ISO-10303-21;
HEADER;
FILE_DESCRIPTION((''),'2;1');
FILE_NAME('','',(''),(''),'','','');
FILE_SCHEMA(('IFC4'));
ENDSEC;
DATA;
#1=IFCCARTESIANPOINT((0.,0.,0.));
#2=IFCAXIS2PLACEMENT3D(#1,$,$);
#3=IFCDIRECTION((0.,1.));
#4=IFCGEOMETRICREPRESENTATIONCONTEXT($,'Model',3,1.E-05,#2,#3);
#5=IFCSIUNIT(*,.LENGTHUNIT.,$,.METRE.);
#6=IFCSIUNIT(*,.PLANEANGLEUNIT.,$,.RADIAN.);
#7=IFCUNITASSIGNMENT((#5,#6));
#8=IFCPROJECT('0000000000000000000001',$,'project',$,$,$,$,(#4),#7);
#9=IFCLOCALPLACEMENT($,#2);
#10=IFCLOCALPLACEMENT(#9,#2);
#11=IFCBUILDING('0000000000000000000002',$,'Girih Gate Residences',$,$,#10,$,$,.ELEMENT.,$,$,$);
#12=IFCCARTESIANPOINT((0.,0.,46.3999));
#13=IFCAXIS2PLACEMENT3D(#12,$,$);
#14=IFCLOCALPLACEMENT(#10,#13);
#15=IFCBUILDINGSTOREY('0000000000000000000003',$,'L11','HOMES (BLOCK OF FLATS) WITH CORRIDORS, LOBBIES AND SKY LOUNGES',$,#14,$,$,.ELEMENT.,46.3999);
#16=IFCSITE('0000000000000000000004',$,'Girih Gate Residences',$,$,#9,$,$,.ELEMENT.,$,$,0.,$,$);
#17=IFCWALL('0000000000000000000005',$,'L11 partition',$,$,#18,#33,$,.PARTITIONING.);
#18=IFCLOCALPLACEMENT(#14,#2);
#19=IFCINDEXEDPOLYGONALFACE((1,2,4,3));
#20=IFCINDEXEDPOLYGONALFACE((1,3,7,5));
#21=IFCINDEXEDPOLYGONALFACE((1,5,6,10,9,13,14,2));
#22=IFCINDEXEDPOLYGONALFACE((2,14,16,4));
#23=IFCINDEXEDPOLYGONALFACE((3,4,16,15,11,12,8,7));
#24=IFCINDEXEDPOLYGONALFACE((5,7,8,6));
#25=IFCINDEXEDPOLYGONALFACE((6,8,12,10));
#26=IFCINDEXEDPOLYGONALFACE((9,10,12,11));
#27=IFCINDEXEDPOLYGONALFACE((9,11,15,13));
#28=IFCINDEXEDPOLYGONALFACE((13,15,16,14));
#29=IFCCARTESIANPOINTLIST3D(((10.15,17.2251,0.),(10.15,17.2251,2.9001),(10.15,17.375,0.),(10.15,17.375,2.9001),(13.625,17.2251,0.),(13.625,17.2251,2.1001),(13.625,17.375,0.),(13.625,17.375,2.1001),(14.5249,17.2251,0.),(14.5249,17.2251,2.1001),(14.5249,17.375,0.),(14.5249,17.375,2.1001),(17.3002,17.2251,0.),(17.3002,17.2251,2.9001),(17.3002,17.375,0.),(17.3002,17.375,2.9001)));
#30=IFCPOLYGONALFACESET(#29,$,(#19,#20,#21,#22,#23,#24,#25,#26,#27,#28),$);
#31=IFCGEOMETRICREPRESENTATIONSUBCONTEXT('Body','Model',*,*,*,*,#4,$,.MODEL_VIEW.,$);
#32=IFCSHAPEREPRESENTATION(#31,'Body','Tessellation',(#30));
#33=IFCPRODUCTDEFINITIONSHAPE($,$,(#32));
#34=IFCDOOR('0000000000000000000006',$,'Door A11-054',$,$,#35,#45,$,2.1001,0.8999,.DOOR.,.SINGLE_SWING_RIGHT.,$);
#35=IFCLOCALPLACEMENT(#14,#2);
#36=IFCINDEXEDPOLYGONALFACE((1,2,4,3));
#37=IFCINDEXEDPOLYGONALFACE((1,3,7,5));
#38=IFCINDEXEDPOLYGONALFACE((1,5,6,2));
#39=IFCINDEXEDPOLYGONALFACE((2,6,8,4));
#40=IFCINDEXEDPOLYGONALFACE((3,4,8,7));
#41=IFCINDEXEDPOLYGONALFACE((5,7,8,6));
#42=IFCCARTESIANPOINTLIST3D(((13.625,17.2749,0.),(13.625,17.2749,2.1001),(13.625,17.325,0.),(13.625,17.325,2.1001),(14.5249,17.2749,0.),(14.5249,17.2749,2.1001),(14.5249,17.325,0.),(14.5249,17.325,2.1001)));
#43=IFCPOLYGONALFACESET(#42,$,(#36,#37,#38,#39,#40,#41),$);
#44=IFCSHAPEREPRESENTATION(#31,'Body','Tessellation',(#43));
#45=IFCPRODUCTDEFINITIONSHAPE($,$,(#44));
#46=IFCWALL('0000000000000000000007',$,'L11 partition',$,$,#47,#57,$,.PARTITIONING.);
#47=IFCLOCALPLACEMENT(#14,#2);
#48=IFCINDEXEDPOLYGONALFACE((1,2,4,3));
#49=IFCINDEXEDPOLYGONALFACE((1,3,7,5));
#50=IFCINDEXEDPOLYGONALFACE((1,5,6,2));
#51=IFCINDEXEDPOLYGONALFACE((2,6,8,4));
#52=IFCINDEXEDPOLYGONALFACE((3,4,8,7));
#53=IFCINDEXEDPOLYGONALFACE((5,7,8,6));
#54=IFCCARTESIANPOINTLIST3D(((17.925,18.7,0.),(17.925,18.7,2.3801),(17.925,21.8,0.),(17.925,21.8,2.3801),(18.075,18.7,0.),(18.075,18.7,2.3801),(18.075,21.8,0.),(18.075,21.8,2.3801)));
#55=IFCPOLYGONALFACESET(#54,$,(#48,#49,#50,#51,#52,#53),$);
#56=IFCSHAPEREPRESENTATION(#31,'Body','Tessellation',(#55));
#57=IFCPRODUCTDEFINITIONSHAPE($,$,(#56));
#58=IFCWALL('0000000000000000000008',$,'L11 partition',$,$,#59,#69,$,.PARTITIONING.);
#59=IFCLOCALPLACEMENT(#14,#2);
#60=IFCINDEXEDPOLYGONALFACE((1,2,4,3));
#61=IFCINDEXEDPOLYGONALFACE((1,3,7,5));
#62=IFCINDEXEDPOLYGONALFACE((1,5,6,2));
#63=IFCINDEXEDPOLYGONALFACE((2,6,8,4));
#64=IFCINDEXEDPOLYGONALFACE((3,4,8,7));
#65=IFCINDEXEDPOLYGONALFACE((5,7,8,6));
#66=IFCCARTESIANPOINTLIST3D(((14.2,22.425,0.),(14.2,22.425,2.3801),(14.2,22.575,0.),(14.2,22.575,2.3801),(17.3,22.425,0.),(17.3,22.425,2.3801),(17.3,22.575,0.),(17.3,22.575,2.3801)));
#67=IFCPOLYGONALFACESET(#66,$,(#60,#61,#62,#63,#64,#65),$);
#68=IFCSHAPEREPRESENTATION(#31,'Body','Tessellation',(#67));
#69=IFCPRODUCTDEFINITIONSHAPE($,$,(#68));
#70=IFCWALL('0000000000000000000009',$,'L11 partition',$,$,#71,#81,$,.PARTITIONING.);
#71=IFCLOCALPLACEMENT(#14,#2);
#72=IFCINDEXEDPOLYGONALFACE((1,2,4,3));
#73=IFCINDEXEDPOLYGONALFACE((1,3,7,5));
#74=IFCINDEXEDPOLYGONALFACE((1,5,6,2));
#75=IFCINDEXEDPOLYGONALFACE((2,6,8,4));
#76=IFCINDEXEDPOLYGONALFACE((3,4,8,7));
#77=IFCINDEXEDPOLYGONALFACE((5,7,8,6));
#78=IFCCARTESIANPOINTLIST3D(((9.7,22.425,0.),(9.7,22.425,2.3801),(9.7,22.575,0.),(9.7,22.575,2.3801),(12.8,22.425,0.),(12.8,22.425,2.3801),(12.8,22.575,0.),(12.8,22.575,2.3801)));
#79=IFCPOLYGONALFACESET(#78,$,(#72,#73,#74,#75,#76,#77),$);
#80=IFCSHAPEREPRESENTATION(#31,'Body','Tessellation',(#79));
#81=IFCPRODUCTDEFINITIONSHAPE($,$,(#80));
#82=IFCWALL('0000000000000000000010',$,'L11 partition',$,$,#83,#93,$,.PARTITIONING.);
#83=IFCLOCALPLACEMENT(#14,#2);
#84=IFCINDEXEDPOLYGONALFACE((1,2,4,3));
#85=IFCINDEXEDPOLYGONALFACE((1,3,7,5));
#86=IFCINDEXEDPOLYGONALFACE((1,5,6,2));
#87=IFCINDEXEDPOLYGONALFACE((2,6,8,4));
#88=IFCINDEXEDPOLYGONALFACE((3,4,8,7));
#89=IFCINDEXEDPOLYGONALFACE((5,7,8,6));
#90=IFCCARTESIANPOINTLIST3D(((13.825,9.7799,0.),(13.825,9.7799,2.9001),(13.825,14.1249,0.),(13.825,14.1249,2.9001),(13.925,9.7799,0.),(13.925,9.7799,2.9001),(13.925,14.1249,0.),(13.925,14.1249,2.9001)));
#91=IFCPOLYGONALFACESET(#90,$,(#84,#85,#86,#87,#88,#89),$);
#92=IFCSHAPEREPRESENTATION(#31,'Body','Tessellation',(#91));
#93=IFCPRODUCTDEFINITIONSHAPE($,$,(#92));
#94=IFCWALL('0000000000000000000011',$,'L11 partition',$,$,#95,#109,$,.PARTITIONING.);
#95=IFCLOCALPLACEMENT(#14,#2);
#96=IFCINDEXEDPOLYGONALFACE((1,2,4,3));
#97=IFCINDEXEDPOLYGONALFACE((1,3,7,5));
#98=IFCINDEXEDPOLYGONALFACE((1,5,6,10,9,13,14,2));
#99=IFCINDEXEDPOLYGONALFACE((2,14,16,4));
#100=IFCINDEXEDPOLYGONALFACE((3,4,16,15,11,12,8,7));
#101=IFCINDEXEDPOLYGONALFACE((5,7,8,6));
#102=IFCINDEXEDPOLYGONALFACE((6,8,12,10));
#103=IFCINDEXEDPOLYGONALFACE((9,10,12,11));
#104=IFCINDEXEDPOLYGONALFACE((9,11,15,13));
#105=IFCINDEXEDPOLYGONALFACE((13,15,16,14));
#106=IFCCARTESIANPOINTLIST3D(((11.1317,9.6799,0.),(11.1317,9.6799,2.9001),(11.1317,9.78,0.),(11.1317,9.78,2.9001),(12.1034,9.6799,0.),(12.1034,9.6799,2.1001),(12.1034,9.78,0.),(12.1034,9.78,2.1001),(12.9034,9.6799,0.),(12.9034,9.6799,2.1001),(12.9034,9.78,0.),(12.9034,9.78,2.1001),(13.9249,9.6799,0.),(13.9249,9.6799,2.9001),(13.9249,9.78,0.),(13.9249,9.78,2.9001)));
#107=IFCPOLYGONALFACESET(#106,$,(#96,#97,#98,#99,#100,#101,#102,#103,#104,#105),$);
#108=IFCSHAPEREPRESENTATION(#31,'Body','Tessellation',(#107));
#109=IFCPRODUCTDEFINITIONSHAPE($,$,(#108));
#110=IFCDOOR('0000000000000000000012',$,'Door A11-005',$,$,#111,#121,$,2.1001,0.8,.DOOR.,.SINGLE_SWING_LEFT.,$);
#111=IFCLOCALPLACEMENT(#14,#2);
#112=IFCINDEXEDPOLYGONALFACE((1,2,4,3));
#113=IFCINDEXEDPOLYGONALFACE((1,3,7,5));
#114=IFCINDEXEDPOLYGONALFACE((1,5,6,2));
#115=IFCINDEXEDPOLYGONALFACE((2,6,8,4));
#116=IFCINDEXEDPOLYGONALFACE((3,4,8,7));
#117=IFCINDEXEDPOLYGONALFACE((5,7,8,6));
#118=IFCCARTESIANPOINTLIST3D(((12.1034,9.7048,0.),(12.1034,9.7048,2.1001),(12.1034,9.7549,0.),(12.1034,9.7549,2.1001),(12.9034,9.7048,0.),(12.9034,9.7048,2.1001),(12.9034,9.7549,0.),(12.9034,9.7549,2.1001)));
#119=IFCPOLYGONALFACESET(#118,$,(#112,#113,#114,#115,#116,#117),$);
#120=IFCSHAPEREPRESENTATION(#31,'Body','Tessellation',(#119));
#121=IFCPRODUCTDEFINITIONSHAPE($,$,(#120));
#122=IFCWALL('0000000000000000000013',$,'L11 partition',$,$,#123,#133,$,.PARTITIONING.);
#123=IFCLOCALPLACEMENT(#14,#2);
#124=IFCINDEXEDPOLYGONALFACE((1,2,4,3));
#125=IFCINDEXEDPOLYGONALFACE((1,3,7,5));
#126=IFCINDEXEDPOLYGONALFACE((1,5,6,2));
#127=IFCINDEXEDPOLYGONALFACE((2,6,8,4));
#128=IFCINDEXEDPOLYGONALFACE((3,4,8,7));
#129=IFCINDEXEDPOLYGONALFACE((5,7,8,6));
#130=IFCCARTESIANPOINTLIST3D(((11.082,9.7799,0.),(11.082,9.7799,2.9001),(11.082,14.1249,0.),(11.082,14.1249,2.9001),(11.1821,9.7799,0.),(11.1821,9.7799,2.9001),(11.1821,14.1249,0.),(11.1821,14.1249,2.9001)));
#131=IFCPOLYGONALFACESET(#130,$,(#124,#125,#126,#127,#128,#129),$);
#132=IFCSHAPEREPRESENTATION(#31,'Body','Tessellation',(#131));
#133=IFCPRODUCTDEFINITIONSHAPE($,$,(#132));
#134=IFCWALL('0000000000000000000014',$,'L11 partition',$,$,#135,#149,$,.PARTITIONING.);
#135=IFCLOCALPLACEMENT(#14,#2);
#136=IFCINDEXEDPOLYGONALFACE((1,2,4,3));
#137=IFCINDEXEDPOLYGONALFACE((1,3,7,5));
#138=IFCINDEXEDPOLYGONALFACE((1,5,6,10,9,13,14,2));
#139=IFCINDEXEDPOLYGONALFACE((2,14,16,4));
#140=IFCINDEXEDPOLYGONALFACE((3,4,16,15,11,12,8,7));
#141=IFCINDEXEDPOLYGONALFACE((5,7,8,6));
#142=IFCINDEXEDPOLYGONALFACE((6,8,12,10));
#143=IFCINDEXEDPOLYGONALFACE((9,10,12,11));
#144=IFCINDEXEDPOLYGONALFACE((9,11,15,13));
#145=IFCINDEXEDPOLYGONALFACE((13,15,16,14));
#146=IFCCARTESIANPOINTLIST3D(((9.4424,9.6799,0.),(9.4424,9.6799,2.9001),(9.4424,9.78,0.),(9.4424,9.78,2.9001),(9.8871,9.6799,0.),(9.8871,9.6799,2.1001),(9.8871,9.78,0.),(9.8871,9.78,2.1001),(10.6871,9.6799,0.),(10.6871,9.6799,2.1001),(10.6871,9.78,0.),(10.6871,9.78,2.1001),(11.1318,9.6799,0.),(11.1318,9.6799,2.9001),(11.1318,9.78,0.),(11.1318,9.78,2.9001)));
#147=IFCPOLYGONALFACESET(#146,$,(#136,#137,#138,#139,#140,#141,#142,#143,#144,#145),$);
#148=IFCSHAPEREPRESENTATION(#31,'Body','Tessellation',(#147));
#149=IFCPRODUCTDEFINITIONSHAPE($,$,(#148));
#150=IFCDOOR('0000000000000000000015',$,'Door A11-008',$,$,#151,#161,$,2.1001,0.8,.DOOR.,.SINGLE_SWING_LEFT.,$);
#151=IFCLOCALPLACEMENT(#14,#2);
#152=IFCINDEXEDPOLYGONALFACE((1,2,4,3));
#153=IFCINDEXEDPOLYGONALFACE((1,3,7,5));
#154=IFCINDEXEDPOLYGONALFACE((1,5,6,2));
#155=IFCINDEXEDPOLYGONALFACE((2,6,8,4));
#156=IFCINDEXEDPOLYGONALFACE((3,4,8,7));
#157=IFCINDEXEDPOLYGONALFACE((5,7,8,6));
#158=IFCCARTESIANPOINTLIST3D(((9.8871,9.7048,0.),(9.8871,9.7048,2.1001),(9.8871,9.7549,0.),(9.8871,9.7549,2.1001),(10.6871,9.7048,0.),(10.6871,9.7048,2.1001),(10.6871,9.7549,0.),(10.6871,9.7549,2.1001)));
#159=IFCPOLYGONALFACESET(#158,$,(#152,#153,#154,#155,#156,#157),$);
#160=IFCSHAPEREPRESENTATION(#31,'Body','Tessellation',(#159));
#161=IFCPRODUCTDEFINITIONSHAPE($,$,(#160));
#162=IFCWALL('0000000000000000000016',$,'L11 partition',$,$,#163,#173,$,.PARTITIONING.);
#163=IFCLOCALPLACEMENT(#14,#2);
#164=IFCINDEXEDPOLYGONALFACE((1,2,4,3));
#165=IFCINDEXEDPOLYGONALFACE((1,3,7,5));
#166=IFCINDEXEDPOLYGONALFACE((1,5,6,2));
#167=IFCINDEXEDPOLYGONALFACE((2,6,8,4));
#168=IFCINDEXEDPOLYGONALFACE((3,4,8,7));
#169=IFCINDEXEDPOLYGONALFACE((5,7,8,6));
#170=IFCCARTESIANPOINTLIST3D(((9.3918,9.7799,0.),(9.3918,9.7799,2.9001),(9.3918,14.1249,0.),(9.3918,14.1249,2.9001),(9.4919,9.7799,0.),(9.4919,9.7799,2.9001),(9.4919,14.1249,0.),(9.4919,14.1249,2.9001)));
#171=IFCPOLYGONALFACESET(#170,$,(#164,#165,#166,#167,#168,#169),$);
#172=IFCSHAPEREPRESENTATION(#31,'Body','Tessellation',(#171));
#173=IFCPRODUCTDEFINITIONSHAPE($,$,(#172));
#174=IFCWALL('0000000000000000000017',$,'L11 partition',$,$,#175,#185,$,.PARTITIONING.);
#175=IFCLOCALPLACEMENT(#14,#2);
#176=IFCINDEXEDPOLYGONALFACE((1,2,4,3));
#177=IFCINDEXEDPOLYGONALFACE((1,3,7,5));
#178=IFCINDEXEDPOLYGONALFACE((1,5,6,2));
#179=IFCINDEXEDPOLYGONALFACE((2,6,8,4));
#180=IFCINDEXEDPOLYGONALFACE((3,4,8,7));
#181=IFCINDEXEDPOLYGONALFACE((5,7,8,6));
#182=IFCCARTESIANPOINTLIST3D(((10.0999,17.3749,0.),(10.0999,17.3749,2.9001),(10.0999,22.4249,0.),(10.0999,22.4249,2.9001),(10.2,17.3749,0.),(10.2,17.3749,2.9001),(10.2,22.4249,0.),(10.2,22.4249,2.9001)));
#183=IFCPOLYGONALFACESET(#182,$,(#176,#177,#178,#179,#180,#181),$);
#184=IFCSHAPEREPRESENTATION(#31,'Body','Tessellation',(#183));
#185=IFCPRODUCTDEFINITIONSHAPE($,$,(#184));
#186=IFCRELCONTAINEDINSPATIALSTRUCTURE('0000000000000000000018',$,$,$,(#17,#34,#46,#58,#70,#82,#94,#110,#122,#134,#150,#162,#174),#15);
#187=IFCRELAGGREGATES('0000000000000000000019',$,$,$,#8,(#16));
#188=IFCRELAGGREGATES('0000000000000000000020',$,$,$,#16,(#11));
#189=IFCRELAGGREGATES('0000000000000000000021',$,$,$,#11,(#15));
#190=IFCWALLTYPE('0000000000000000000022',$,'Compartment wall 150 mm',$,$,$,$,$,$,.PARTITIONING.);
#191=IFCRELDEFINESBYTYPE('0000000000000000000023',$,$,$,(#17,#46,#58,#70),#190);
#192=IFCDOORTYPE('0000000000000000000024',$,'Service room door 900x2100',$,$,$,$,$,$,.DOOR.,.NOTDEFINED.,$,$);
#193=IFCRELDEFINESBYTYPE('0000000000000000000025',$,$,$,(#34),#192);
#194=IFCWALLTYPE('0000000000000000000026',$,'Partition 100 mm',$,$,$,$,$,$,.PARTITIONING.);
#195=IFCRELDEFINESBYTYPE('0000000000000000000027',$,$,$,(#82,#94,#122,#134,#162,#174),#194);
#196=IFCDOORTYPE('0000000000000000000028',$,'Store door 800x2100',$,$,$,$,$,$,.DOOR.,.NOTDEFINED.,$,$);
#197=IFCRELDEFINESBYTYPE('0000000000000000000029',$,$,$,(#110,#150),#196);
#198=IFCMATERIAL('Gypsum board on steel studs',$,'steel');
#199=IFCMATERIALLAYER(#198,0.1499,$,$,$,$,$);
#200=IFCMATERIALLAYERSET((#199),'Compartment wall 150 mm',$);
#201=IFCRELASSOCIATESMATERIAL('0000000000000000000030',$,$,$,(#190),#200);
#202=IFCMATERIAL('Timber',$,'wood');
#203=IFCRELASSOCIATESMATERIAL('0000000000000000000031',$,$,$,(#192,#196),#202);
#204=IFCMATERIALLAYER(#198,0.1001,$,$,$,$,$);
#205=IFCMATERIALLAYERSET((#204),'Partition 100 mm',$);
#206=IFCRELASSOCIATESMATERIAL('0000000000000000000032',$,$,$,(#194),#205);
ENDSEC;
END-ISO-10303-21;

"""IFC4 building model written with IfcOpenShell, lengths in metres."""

from ifc_helpers import new_model, si_unit, direction, frame, frame_2d, origin, place, context, subcontext, project, spatial, rectangle, extrude, material, layer, layer_set, type_object, element, fill, save


model = new_model("IFC4")

# Units and contexts
model_context = context("Model", 3, precision=1e-05, world=origin(), true_north=direction((0.0, 1.0)))
body_context = subcontext(model_context, "Body", "Model", "MODEL_VIEW")
ifc_project = project(units=[si_unit("LENGTHUNIT", "METRE"), si_unit("PLANEANGLEUNIT", "RADIAN")], contexts=[model_context])

# Site, building, storey
site_placement = place(None, origin())
site = spatial("IfcSite", under=ifc_project, at=site_placement, Name="Girih Gate Residences", CompositionType="ELEMENT", RefElevation=0.0)
building_placement = place(site_placement, origin())
building = spatial("IfcBuilding", under=site, at=building_placement, Name="Girih Gate Residences", CompositionType="ELEMENT")
storey_placement = place(building_placement, frame((0.0, 0.0, 46.3999)))
storey = spatial("IfcBuildingStorey", under=building, at=storey_placement, Name="L11", Description="HOMES (BLOCK OF FLATS) WITH CORRIDORS, LOBBIES AND SKY LOUNGES", CompositionType="ELEMENT", Elevation=46.3999)

# Shared definitions
ifc_material_1 = material(Name="Gypsum board on steel studs", Category="steel")
ifc_layer_1 = layer(ifc_material_1, 0.1499)
ifc_layer_set_1 = layer_set([ifc_layer_1], Name="Compartment wall 150 mm")
wall_type_1 = type_object("IfcWallType", Name="Compartment wall 150 mm", PredefinedType="PARTITIONING", material=ifc_layer_set_1)

# Wall, opening, door
wall_1_placement = place(storey_placement, frame((10.1499, 17.3, 0.0), z_axis=(0.0, 0.0, 1.0), x_axis=(1.0, 0.0, 0.0)))
wall_1 = element("IfcWall", 1, at=wall_1_placement, inside=storey, type_object=wall_type_1, Name="L11 partition", PredefinedType="PARTITIONING", context=body_context, shape_type="SweptSolid", body=[
    extrude(rectangle(XDim=7.1501, YDim=0.1499, at=frame_2d((3.5752, 0.0))), origin(), (0.0, 0.0, 1.0), 2.9001),
])
opening_1_placement = place(wall_1_placement, frame((3.4751, 0.0, 0.0)))
opening_1 = element("IfcOpeningElement", 2, at=opening_1_placement, cuts=wall_1, PredefinedType="OPENING", context=body_context, shape_type="SweptSolid", body=[
    extrude(rectangle(XDim=0.8999, YDim=2.1001, at=frame_2d((0.45, 1.05))), frame((0.0, 0.085, 0.0), z_axis=(0.0, -1.0, 0.0), x_axis=(1.0, 0.0, 0.0)), (0.0, 0.0, 1.0), 0.1699),
])
ifc_material_2 = material(Name="Timber", Category="wood")
door_type_1 = type_object("IfcDoorType", Name="Service room door 900x2100", OperationType="NOTDEFINED", PredefinedType="DOOR", material=ifc_material_2)
door_1_placement = place(opening_1_placement, origin())
door_1 = element("IfcDoor", 3, at=door_1_placement, inside=storey, type_object=door_type_1, Name="Door A11-054", OperationType="SINGLE_SWING_RIGHT", OverallHeight=2.1001, OverallWidth=0.8999, PredefinedType="DOOR", context=body_context, shape_type="SweptSolid", body=[
    extrude(rectangle(XDim=0.8999, YDim=2.1001, at=frame_2d((0.45, 1.05))), frame((0.0, 0.0249, 0.0), z_axis=(0.0, -1.0, 0.0), x_axis=(1.0, 0.0, 0.0)), (0.0, 0.0, 1.0), 0.05),
])
fill(opening_1, door_1)

# Walls
for number, where, z_axis, x_axis, name in (
    (4, (18.0, 18.7, 0.0), (0.0, 0.0, 1.0), (0.0, 1.0, 0.0), "L11 partition"),
    (5, (14.2, 22.5, 0.0), (0.0, 0.0, 1.0), (1.0, 0.0, 0.0), "L11 partition"),
    (6, (9.7, 22.5, 0.0), (0.0, 0.0, 1.0), (1.0, 0.0, 0.0), "L11 partition"),
):
    element("IfcWall", number, at=place(storey_placement, frame(where, z_axis=z_axis, x_axis=x_axis)), inside=storey, type_object=wall_type_1, Name=name, PredefinedType="PARTITIONING", context=body_context, shape_type="SweptSolid", body=[
        extrude(rectangle(XDim=3.1001, YDim=0.1499, at=frame_2d((1.55, 0.0))), origin(), (0.0, 0.0, 1.0), 2.3801),
    ])
ifc_layer_2 = layer(ifc_material_1, 0.1001)
ifc_layer_set_2 = layer_set([ifc_layer_2], Name="Partition 100 mm")
wall_type_2 = type_object("IfcWallType", Name="Partition 100 mm", PredefinedType="PARTITIONING", material=ifc_layer_set_2)
wall_2_placement = place(storey_placement, frame((13.875, 9.78, 0.0), z_axis=(0.0, 0.0, 1.0), x_axis=(0.0, 1.0, 0.0)))
element("IfcWall", 7, at=wall_2_placement, inside=storey, type_object=wall_type_2, Name="L11 partition", PredefinedType="PARTITIONING", context=body_context, shape_type="SweptSolid", body=[
    extrude(rectangle(XDim=4.345, YDim=0.1001, at=frame_2d((2.1724, 0.0))), origin(), (0.0, 0.0, 1.0), 2.9001),
])

# Wall, opening, door
wall_3_placement = place(storey_placement, frame((11.1318, 9.73, 0.0), z_axis=(0.0, 0.0, 1.0), x_axis=(1.0, 0.0, 0.0)))
wall_3 = element("IfcWall", 8, at=wall_3_placement, inside=storey, type_object=wall_type_2, Name="L11 partition", PredefinedType="PARTITIONING", context=body_context, shape_type="SweptSolid", body=[
    extrude(rectangle(XDim=2.7932, YDim=0.1001, at=frame_2d((1.3965, 0.0))), origin(), (0.0, 0.0, 1.0), 2.9001),
])
opening_2_placement = place(wall_3_placement, frame((0.9717, 0.0, 0.0)))
opening_2 = element("IfcOpeningElement", 9, at=opening_2_placement, cuts=wall_3, PredefinedType="OPENING", context=body_context, shape_type="SweptSolid", body=[
    extrude(rectangle(XDim=0.8, YDim=2.1001, at=frame_2d((0.3999, 1.05))), frame((0.0, 0.0601, 0.0), z_axis=(0.0, -1.0, 0.0), x_axis=(1.0, 0.0, 0.0)), (0.0, 0.0, 1.0), 0.1201),
])
door_type_2 = type_object("IfcDoorType", Name="Store door 800x2100", OperationType="NOTDEFINED", PredefinedType="DOOR", material=ifc_material_2)
door_2_placement = place(opening_2_placement, origin())
door_2 = element("IfcDoor", 10, at=door_2_placement, inside=storey, type_object=door_type_2, Name="Door A11-005", OperationType="SINGLE_SWING_LEFT", OverallHeight=2.1001, OverallWidth=0.8, PredefinedType="DOOR", context=body_context, shape_type="SweptSolid", body=[
    extrude(rectangle(XDim=0.8, YDim=2.1001, at=frame_2d((0.3999, 1.05))), frame((0.0, 0.0249, 0.0), z_axis=(0.0, -1.0, 0.0), x_axis=(1.0, 0.0, 0.0)), (0.0, 0.0, 1.0), 0.05),
])
fill(opening_2, door_2)

# Wall
wall_4_placement = place(storey_placement, frame((11.1321, 9.78, 0.0), z_axis=(0.0, 0.0, 1.0), x_axis=(0.0, 1.0, 0.0)))
element("IfcWall", 11, at=wall_4_placement, inside=storey, type_object=wall_type_2, Name="L11 partition", PredefinedType="PARTITIONING", context=body_context, shape_type="SweptSolid", body=[
    extrude(rectangle(XDim=4.345, YDim=0.1001, at=frame_2d((2.1724, 0.0))), origin(), (0.0, 0.0, 1.0), 2.9001),
])

# Wall, opening, door
wall_5_placement = place(storey_placement, frame((9.4424, 9.73, 0.0), z_axis=(0.0, 0.0, 1.0), x_axis=(1.0, 0.0, 0.0)))
wall_5 = element("IfcWall", 12, at=wall_5_placement, inside=storey, type_object=wall_type_2, Name="L11 partition", PredefinedType="PARTITIONING", context=body_context, shape_type="SweptSolid", body=[
    extrude(rectangle(XDim=1.6895, YDim=0.1001, at=frame_2d((0.8447, 0.0))), origin(), (0.0, 0.0, 1.0), 2.9001),
])
opening_3_placement = place(wall_5_placement, frame((0.4448, 0.0, 0.0)))
opening_3 = element("IfcOpeningElement", 13, at=opening_3_placement, cuts=wall_5, PredefinedType="OPENING", context=body_context, shape_type="SweptSolid", body=[
    extrude(rectangle(XDim=0.8, YDim=2.1001, at=frame_2d((0.3999, 1.05))), frame((0.0, 0.0601, 0.0), z_axis=(0.0, -1.0, 0.0), x_axis=(1.0, 0.0, 0.0)), (0.0, 0.0, 1.0), 0.1201),
])
door_3_placement = place(opening_3_placement, origin())
door_3 = element("IfcDoor", 14, at=door_3_placement, inside=storey, type_object=door_type_2, Name="Door A11-008", OperationType="SINGLE_SWING_LEFT", OverallHeight=2.1001, OverallWidth=0.8, PredefinedType="DOOR", context=body_context, shape_type="SweptSolid", body=[
    extrude(rectangle(XDim=0.8, YDim=2.1001, at=frame_2d((0.3999, 1.05))), frame((0.0, 0.0249, 0.0), z_axis=(0.0, -1.0, 0.0), x_axis=(1.0, 0.0, 0.0)), (0.0, 0.0, 1.0), 0.05),
])
fill(opening_3, door_3)

# Walls
wall_6_placement = place(storey_placement, frame((9.4419, 9.78, 0.0), z_axis=(0.0, 0.0, 1.0), x_axis=(0.0, 1.0, 0.0)))
element("IfcWall", 15, at=wall_6_placement, inside=storey, type_object=wall_type_2, Name="L11 partition", PredefinedType="PARTITIONING", context=body_context, shape_type="SweptSolid", body=[
    extrude(rectangle(XDim=4.345, YDim=0.1001, at=frame_2d((2.1724, 0.0))), origin(), (0.0, 0.0, 1.0), 2.9001),
])
wall_7_placement = place(storey_placement, frame((10.1499, 17.375, 0.0), z_axis=(0.0, 0.0, 1.0), x_axis=(0.0, 1.0, 0.0)))
element("IfcWall", 16, at=wall_7_placement, inside=storey, type_object=wall_type_2, Name="L11 partition", PredefinedType="PARTITIONING", context=body_context, shape_type="SweptSolid", body=[
    extrude(rectangle(XDim=5.05, YDim=0.1001, at=frame_2d((2.5249, 0.0))), origin(), (0.0, 0.0, 1.0), 2.9001),
])

save(model, "model.ifc")
